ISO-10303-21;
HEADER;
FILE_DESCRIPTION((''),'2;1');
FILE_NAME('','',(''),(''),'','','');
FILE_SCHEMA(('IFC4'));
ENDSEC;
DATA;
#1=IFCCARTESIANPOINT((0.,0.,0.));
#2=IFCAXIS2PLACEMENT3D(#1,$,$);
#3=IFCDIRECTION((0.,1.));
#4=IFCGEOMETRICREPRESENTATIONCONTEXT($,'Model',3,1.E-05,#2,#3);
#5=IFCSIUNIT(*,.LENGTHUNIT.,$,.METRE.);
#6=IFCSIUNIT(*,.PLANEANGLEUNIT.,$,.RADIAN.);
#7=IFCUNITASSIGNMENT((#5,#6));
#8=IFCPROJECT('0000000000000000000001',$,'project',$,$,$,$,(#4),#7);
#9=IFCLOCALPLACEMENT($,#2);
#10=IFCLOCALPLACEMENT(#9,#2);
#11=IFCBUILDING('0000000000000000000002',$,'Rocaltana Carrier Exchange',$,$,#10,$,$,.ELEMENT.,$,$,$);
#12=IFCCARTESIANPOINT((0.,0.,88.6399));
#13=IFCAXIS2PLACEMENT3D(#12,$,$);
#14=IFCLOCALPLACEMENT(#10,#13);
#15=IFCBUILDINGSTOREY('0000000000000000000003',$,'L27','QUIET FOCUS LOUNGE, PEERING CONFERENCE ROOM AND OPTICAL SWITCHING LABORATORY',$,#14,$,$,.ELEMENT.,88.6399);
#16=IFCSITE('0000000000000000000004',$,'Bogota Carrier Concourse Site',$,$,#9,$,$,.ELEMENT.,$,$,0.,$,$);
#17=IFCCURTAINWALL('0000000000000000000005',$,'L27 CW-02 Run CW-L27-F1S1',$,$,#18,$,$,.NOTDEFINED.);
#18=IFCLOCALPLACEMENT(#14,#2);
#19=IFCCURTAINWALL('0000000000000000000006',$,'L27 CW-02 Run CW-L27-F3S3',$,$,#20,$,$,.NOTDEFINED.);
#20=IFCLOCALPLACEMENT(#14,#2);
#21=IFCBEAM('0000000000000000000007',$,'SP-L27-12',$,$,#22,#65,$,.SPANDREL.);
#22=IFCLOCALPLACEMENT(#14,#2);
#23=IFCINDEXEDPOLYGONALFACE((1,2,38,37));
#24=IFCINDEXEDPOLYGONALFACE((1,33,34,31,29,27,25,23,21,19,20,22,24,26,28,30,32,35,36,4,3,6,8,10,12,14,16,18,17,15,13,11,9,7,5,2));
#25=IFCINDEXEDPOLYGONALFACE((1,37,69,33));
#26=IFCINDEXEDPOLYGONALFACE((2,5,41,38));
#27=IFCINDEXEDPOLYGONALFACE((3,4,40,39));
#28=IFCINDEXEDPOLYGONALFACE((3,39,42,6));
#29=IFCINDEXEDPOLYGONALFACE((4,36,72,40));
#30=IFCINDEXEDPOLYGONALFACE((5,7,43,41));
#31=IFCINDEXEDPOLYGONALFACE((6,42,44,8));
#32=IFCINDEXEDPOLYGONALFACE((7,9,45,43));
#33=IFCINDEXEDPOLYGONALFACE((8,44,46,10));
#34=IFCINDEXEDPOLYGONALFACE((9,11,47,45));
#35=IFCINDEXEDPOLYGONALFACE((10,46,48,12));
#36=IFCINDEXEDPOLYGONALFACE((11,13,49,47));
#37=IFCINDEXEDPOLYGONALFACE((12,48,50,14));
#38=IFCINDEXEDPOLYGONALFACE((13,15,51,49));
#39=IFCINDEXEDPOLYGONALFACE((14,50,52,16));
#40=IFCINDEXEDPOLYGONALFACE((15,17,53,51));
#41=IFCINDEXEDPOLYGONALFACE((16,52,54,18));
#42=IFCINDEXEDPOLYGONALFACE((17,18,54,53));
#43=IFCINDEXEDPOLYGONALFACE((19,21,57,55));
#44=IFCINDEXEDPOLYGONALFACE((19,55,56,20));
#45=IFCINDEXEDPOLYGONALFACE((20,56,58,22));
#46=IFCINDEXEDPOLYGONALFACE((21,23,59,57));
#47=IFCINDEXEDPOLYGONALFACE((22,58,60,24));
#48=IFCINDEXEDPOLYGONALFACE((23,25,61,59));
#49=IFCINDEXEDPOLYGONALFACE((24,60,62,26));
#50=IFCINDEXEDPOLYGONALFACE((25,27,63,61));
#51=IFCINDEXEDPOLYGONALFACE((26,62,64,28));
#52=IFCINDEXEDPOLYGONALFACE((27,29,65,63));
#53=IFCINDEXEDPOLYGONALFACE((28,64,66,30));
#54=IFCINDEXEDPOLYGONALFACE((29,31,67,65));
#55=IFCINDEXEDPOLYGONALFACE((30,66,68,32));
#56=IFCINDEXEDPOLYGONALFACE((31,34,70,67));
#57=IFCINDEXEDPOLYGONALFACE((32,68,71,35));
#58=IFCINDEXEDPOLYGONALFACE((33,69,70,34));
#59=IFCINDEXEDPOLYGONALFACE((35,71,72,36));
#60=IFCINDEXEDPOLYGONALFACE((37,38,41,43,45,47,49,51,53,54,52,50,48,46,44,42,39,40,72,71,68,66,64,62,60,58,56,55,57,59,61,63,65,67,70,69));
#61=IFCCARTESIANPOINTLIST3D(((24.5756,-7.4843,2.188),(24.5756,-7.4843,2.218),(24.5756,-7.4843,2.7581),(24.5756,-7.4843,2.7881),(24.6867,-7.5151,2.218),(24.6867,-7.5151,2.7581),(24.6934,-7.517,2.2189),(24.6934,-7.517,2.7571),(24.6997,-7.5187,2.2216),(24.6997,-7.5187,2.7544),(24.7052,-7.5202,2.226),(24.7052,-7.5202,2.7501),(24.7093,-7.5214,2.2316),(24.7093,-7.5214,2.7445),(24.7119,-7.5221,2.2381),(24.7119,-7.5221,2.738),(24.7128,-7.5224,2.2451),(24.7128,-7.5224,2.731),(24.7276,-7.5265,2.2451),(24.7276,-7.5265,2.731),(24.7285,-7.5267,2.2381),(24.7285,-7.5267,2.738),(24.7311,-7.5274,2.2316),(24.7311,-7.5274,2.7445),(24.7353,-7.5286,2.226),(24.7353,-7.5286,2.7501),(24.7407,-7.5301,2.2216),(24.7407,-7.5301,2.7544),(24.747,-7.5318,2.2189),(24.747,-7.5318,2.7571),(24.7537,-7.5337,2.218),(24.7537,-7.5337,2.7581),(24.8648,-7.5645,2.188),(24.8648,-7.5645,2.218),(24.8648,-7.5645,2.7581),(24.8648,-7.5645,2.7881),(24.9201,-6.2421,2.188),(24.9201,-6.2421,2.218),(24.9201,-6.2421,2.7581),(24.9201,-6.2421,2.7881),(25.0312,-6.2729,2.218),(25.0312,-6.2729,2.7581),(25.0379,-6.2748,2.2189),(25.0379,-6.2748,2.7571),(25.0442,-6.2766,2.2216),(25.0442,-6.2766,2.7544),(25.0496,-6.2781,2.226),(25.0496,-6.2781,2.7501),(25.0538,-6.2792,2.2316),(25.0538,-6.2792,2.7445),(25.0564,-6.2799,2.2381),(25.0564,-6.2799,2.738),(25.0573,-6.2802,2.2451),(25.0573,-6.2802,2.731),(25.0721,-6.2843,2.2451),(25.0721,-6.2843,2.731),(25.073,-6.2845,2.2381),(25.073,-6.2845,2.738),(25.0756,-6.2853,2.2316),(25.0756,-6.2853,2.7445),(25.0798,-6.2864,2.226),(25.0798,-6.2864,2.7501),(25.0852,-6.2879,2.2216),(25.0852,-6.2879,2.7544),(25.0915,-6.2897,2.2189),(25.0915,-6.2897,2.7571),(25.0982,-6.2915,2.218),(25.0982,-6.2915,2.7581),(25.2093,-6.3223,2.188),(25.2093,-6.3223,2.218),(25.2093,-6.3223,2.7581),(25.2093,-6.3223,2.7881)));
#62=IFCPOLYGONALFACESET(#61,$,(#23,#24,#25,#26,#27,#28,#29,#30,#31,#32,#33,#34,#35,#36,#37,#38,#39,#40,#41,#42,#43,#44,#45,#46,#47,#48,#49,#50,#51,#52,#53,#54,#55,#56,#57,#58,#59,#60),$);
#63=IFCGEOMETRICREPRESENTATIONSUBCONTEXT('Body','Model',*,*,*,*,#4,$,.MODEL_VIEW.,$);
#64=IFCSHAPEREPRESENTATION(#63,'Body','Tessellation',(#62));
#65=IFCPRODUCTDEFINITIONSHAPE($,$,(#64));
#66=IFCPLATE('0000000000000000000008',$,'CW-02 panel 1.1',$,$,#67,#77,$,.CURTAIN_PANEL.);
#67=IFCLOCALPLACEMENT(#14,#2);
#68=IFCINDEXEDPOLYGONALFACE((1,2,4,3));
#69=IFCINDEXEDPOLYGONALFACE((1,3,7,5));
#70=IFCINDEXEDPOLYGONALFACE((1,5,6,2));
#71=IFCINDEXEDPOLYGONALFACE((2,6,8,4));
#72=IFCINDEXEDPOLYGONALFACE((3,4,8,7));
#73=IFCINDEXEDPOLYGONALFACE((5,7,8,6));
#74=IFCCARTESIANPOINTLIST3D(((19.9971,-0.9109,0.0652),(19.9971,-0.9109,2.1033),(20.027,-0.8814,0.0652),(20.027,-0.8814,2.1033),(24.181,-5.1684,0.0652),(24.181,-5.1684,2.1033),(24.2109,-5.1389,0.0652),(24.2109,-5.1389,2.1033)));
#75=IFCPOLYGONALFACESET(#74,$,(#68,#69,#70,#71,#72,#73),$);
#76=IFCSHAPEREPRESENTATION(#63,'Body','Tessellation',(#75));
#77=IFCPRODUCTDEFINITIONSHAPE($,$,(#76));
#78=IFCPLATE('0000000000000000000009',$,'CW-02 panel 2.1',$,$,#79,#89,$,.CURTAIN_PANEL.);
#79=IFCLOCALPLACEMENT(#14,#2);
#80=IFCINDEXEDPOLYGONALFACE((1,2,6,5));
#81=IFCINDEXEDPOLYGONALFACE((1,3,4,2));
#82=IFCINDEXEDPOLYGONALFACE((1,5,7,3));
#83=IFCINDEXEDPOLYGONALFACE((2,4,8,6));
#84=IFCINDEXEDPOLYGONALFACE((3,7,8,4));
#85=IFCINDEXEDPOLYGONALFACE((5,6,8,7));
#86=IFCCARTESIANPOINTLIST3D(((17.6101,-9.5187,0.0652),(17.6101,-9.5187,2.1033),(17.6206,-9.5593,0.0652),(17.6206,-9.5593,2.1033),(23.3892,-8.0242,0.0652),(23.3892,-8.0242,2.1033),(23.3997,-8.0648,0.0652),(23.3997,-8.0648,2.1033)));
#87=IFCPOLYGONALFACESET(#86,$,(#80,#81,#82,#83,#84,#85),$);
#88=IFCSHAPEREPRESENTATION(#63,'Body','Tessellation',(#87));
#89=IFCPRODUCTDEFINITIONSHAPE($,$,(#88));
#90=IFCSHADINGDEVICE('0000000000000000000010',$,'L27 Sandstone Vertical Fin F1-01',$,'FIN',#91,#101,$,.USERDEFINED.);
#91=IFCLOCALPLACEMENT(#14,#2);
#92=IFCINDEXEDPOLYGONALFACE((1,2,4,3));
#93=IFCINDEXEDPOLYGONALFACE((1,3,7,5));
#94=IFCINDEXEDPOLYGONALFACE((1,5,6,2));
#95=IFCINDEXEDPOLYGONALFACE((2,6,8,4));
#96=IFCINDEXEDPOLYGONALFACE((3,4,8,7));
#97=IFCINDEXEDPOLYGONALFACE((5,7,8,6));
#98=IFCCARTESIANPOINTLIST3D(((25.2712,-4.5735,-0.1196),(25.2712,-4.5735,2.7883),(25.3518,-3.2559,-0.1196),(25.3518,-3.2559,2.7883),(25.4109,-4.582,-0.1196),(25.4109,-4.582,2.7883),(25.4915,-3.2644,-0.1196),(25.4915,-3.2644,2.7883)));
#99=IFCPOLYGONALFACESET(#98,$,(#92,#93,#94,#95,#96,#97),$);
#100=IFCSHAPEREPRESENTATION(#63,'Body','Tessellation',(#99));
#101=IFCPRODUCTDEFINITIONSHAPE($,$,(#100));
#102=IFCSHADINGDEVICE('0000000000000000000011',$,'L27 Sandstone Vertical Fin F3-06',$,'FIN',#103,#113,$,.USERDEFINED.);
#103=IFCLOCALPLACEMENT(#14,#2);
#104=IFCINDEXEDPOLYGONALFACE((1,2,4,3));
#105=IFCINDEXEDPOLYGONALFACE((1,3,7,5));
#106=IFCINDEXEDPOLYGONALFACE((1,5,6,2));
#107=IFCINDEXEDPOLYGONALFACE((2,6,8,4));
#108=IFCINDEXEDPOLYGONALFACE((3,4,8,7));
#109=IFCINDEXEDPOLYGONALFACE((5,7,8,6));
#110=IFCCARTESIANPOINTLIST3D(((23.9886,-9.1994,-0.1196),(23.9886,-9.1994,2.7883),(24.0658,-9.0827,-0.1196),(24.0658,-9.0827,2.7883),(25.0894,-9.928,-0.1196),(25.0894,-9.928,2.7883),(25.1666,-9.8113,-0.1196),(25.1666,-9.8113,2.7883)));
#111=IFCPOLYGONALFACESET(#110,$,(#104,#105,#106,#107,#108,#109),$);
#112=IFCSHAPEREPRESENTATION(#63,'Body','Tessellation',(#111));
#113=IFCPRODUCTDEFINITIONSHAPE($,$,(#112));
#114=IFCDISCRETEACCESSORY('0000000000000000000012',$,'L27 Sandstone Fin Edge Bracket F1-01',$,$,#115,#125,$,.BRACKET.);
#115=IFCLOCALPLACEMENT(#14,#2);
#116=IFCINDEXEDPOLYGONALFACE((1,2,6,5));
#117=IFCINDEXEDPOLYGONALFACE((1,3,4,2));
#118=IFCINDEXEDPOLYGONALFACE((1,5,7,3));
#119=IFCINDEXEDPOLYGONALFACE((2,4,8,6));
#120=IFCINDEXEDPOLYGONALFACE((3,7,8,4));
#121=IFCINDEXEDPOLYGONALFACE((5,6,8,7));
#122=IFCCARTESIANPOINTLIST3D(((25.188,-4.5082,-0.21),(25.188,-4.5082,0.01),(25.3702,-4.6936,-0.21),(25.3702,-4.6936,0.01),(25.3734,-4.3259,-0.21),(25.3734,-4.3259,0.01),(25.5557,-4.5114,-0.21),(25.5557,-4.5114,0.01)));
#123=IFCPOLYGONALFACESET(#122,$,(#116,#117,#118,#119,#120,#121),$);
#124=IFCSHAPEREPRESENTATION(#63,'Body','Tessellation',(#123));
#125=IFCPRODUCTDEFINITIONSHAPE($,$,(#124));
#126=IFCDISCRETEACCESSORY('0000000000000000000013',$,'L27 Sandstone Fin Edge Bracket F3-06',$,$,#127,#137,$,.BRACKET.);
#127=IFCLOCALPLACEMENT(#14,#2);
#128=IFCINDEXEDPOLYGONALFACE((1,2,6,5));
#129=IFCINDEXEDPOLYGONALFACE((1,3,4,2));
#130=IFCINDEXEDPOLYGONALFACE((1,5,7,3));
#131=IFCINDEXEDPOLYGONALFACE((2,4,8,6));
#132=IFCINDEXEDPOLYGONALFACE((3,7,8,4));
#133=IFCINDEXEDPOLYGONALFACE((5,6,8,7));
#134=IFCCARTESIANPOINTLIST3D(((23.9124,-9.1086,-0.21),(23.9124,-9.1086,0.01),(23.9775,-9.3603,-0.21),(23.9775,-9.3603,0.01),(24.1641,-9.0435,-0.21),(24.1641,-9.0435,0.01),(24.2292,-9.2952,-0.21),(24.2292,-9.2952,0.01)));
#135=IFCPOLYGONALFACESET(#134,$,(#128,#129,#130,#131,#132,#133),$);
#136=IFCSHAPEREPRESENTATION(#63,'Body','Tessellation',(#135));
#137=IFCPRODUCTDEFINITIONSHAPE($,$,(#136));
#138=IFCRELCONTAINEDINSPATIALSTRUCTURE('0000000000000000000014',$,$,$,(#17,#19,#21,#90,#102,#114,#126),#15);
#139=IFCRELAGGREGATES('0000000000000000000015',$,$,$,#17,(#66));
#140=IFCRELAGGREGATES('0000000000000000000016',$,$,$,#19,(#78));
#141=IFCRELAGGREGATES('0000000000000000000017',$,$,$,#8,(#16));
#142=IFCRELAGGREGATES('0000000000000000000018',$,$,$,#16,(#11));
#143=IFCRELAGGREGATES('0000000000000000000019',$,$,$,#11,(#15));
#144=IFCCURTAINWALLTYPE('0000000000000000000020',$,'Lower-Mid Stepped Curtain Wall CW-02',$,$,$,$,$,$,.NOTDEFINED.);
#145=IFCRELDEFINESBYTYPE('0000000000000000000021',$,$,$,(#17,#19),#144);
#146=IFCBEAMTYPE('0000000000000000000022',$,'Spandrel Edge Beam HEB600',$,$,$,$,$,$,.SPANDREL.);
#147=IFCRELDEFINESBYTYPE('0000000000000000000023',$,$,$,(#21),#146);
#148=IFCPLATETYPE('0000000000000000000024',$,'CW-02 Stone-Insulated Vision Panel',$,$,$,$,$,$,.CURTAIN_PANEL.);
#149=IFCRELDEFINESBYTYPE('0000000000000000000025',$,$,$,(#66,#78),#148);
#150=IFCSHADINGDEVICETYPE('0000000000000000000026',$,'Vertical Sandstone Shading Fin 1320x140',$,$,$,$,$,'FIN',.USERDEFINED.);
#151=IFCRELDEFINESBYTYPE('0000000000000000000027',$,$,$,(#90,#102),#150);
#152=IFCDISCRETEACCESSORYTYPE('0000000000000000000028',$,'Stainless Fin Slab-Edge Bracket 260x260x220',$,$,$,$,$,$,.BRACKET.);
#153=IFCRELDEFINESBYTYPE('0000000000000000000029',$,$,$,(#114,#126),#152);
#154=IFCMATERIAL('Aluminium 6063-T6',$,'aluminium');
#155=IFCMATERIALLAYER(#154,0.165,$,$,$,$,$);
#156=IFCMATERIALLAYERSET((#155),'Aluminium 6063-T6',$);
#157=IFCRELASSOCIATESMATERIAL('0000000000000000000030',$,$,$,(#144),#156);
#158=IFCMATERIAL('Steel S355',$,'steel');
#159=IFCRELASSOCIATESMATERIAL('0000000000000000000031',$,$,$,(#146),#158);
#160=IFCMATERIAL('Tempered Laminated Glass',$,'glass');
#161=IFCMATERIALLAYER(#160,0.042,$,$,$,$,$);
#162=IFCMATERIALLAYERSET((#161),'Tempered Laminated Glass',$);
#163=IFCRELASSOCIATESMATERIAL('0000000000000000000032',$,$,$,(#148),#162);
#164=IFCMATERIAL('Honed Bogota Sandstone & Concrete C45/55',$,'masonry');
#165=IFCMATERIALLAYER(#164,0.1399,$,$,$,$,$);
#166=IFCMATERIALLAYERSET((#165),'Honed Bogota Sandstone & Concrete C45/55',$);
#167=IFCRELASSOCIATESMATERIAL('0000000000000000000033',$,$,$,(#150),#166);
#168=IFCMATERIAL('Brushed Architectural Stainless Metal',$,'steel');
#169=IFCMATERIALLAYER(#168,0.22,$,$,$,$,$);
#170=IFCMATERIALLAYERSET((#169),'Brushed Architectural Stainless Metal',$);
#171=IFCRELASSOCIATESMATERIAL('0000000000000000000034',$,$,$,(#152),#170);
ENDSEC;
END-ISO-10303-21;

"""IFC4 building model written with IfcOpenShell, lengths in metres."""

from ifc_helpers import new_model, si_unit, direction, frame, origin, origin_2d, place, context, subcontext, project, spatial, rectangle, i_section, extrude, material, layer, layer_set, material_profile, profile_set, type_object, element, aggregate, save


model = new_model("IFC4")

# Units and contexts
model_context = context("Model", 3, precision=1e-05, world=origin(), true_north=direction((0.0, 1.0)))
body_context = subcontext(model_context, "Body", "Model", "MODEL_VIEW")
ifc_project = project(units=[si_unit("LENGTHUNIT", "METRE"), si_unit("PLANEANGLEUNIT", "RADIAN")], contexts=[model_context])

# Site, building, storey
site_placement = place(None, origin())
site = spatial("IfcSite", under=ifc_project, at=site_placement, Name="Bogota Carrier Concourse Site", CompositionType="ELEMENT", RefElevation=0.0)
building_placement = place(site_placement, origin())
building = spatial("IfcBuilding", under=site, at=building_placement, Name="Rocaltana Carrier Exchange", CompositionType="ELEMENT")
storey_placement = place(building_placement, frame((0.0, 0.0, 88.6399)))
storey = spatial("IfcBuildingStorey", under=building, at=storey_placement, Name="L27", Description="QUIET FOCUS LOUNGE, PEERING CONFERENCE ROOM AND OPTICAL SWITCHING LABORATORY", CompositionType="ELEMENT", Elevation=88.6399)

# Curtain wall
ifc_material_1 = material(Name="Aluminium 6063-T6", Category="aluminium")
ifc_layer_1 = layer(ifc_material_1, 0.165)
ifc_layer_set_1 = layer_set([ifc_layer_1], Name="Aluminium 6063-T6")
curtain_wall_type = type_object("IfcCurtainWallType", Name="Lower-Mid Stepped Curtain Wall CW-02", PredefinedType="NOTDEFINED", material=ifc_layer_set_1)
curtain_wall_1_placement = place(storey_placement, origin())
curtain_wall_1 = element("IfcCurtainWall", 1, at=curtain_wall_1_placement, inside=storey, type_object=curtain_wall_type, Name="L27 CW-02 Run CW-L27-F1S1", PredefinedType="NOTDEFINED")

# Curtain wall
curtain_wall_2_placement = place(storey_placement, origin())
curtain_wall_2 = element("IfcCurtainWall", 2, at=curtain_wall_2_placement, inside=storey, type_object=curtain_wall_type, Name="L27 CW-02 Run CW-L27-F3S3", PredefinedType="NOTDEFINED")

# Beam
ifc_material_2 = material(Name="Steel S355", Category="steel")
ifc_material_profile_1 = material_profile(ifc_material_2, i_section(OverallWidth=0.3, OverallDepth=0.6001, WebThickness=0.0154, FlangeThickness=0.03, FilletRadius=0.0271, at=origin_2d()), Name="HEB600")
ifc_profile_set_1 = profile_set([ifc_material_profile_1], Name="Steel S355")
beam_type_1 = type_object("IfcBeamType", Name="Spandrel Edge Beam HEB600", PredefinedType="SPANDREL", material=ifc_profile_set_1)
beam_1_placement = place(storey_placement, frame((24.7202, -7.5244, 2.488), z_axis=(0.267234, 0.963632, 0.0), x_axis=(-0.963632, 0.267234, 0.0)))
element("IfcBeam", 3, at=beam_1_placement, inside=storey, type_object=beam_type_1, Name="SP-L27-12", PredefinedType="SPANDREL", context=body_context, shape_type="SweptSolid", body=[
    extrude(i_section(OverallWidth=0.3, OverallDepth=0.6001, WebThickness=0.0154, FlangeThickness=0.03, FilletRadius=0.0271, at=origin_2d()), origin(), (0.0, 0.0, 1.0), 1.2891),
])

# Plates
ifc_material_3 = material(Name="Tempered Laminated Glass", Category="glass")
ifc_layer_2 = layer(ifc_material_3, 0.042)
ifc_layer_set_2 = layer_set([ifc_layer_2], Name="Tempered Laminated Glass")
plate_type = type_object("IfcPlateType", Name="CW-02 Stone-Insulated Vision Panel", PredefinedType="CURTAIN_PANEL", material=ifc_layer_set_2)
plate_1_placement = place(storey_placement, frame((22.104, -3.0249, 0.0652), z_axis=(0.0, 0.0, 1.0), x_axis=(-0.700915, 0.713245, 0.0)))
plate_1 = element("IfcPlate", 4, at=plate_1_placement, type_object=plate_type, Name="CW-02 panel 1.1", PredefinedType="CURTAIN_PANEL", context=body_context, shape_type="SweptSolid", body=[
    extrude(rectangle(XDim=5.9692, YDim=0.042, at=origin_2d()), origin(), (0.0, 0.0, 1.0), 2.0381),
])
aggregate(curtain_wall_1, [plate_1])
plate_2_placement = place(storey_placement, frame((20.5049, -8.7917, 0.0652), z_axis=(0.0, 0.0, 1.0), x_axis=(0.96815, 0.25037, 0.0)))
plate_2 = element("IfcPlate", 5, at=plate_2_placement, type_object=plate_type, Name="CW-02 panel 2.1", PredefinedType="CURTAIN_PANEL", context=body_context, shape_type="SweptSolid", body=[
    extrude(rectangle(XDim=5.9692, YDim=0.042, at=origin_2d()), origin(), (0.0, 0.0, 1.0), 2.0381),
])
aggregate(curtain_wall_2, [plate_2])

# Shading devices
ifc_material_4 = material(Name="Honed Bogota Sandstone & Concrete C45/55", Category="masonry")
ifc_layer_3 = layer(ifc_material_4, 0.1399)
ifc_layer_set_3 = layer_set([ifc_layer_3], Name="Honed Bogota Sandstone & Concrete C45/55")
shading_device_type = type_object("IfcShadingDeviceType", Name="Vertical Sandstone Shading Fin 1320x140", ElementType="FIN", PredefinedType="USERDEFINED", material=ifc_layer_set_3)
for number, where, z_axis, x_axis, name in (
    (6, (25.3813, -3.9189, -0.1196), (0.0, 0.0, 1.0), (0.061049, 0.998135, 0.0), "L27 Sandstone Vertical Fin F1-01"),
    (7, (24.5776, -9.5054, -0.1196), (0.0, 0.0, 1.0), (0.833886, -0.551937, 0.0), "L27 Sandstone Vertical Fin F3-06"),
):
    element("IfcShadingDevice", number, at=place(storey_placement, frame(where, z_axis=z_axis, x_axis=x_axis)), inside=storey, type_object=shading_device_type, Name=name, ObjectType="FIN", PredefinedType="USERDEFINED", context=body_context, shape_type="SweptSolid", body=[
        extrude(rectangle(XDim=1.3201, YDim=0.1399, at=origin_2d()), origin(), (0.0, 0.0, 1.0), 2.908),
    ])

# Discrete accessories
ifc_material_5 = material(Name="Brushed Architectural Stainless Metal", Category="steel")
ifc_layer_4 = layer(ifc_material_5, 0.22)
ifc_layer_set_4 = layer_set([ifc_layer_4], Name="Brushed Architectural Stainless Metal")
discrete_accessory_type = type_object("IfcDiscreteAccessoryType", Name="Stainless Fin Slab-Edge Bracket 260x260x220", PredefinedType="BRACKET", material=ifc_layer_set_4)
for number, where, z_axis, x_axis, name in (
    (8, (25.3718, -4.5098, -0.21), (0.0, 0.0, 1.0), (-0.700909, 0.71325, 0.0), "L27 Sandstone Fin Edge Bracket F1-01"),
    (9, (24.0708, -9.2019, -0.21), (0.0, 0.0, 1.0), (0.968148, 0.25038, 0.0), "L27 Sandstone Fin Edge Bracket F3-06"),
):
    element("IfcDiscreteAccessory", number, at=place(storey_placement, frame(where, z_axis=z_axis, x_axis=x_axis)), inside=storey, type_object=discrete_accessory_type, Name=name, PredefinedType="BRACKET", context=body_context, shape_type="SweptSolid", body=[
        extrude(rectangle(XDim=0.26, YDim=0.26, at=origin_2d()), origin(), (0.0, 0.0, 1.0), 0.22),
    ])

save(model, "model.ifc")
